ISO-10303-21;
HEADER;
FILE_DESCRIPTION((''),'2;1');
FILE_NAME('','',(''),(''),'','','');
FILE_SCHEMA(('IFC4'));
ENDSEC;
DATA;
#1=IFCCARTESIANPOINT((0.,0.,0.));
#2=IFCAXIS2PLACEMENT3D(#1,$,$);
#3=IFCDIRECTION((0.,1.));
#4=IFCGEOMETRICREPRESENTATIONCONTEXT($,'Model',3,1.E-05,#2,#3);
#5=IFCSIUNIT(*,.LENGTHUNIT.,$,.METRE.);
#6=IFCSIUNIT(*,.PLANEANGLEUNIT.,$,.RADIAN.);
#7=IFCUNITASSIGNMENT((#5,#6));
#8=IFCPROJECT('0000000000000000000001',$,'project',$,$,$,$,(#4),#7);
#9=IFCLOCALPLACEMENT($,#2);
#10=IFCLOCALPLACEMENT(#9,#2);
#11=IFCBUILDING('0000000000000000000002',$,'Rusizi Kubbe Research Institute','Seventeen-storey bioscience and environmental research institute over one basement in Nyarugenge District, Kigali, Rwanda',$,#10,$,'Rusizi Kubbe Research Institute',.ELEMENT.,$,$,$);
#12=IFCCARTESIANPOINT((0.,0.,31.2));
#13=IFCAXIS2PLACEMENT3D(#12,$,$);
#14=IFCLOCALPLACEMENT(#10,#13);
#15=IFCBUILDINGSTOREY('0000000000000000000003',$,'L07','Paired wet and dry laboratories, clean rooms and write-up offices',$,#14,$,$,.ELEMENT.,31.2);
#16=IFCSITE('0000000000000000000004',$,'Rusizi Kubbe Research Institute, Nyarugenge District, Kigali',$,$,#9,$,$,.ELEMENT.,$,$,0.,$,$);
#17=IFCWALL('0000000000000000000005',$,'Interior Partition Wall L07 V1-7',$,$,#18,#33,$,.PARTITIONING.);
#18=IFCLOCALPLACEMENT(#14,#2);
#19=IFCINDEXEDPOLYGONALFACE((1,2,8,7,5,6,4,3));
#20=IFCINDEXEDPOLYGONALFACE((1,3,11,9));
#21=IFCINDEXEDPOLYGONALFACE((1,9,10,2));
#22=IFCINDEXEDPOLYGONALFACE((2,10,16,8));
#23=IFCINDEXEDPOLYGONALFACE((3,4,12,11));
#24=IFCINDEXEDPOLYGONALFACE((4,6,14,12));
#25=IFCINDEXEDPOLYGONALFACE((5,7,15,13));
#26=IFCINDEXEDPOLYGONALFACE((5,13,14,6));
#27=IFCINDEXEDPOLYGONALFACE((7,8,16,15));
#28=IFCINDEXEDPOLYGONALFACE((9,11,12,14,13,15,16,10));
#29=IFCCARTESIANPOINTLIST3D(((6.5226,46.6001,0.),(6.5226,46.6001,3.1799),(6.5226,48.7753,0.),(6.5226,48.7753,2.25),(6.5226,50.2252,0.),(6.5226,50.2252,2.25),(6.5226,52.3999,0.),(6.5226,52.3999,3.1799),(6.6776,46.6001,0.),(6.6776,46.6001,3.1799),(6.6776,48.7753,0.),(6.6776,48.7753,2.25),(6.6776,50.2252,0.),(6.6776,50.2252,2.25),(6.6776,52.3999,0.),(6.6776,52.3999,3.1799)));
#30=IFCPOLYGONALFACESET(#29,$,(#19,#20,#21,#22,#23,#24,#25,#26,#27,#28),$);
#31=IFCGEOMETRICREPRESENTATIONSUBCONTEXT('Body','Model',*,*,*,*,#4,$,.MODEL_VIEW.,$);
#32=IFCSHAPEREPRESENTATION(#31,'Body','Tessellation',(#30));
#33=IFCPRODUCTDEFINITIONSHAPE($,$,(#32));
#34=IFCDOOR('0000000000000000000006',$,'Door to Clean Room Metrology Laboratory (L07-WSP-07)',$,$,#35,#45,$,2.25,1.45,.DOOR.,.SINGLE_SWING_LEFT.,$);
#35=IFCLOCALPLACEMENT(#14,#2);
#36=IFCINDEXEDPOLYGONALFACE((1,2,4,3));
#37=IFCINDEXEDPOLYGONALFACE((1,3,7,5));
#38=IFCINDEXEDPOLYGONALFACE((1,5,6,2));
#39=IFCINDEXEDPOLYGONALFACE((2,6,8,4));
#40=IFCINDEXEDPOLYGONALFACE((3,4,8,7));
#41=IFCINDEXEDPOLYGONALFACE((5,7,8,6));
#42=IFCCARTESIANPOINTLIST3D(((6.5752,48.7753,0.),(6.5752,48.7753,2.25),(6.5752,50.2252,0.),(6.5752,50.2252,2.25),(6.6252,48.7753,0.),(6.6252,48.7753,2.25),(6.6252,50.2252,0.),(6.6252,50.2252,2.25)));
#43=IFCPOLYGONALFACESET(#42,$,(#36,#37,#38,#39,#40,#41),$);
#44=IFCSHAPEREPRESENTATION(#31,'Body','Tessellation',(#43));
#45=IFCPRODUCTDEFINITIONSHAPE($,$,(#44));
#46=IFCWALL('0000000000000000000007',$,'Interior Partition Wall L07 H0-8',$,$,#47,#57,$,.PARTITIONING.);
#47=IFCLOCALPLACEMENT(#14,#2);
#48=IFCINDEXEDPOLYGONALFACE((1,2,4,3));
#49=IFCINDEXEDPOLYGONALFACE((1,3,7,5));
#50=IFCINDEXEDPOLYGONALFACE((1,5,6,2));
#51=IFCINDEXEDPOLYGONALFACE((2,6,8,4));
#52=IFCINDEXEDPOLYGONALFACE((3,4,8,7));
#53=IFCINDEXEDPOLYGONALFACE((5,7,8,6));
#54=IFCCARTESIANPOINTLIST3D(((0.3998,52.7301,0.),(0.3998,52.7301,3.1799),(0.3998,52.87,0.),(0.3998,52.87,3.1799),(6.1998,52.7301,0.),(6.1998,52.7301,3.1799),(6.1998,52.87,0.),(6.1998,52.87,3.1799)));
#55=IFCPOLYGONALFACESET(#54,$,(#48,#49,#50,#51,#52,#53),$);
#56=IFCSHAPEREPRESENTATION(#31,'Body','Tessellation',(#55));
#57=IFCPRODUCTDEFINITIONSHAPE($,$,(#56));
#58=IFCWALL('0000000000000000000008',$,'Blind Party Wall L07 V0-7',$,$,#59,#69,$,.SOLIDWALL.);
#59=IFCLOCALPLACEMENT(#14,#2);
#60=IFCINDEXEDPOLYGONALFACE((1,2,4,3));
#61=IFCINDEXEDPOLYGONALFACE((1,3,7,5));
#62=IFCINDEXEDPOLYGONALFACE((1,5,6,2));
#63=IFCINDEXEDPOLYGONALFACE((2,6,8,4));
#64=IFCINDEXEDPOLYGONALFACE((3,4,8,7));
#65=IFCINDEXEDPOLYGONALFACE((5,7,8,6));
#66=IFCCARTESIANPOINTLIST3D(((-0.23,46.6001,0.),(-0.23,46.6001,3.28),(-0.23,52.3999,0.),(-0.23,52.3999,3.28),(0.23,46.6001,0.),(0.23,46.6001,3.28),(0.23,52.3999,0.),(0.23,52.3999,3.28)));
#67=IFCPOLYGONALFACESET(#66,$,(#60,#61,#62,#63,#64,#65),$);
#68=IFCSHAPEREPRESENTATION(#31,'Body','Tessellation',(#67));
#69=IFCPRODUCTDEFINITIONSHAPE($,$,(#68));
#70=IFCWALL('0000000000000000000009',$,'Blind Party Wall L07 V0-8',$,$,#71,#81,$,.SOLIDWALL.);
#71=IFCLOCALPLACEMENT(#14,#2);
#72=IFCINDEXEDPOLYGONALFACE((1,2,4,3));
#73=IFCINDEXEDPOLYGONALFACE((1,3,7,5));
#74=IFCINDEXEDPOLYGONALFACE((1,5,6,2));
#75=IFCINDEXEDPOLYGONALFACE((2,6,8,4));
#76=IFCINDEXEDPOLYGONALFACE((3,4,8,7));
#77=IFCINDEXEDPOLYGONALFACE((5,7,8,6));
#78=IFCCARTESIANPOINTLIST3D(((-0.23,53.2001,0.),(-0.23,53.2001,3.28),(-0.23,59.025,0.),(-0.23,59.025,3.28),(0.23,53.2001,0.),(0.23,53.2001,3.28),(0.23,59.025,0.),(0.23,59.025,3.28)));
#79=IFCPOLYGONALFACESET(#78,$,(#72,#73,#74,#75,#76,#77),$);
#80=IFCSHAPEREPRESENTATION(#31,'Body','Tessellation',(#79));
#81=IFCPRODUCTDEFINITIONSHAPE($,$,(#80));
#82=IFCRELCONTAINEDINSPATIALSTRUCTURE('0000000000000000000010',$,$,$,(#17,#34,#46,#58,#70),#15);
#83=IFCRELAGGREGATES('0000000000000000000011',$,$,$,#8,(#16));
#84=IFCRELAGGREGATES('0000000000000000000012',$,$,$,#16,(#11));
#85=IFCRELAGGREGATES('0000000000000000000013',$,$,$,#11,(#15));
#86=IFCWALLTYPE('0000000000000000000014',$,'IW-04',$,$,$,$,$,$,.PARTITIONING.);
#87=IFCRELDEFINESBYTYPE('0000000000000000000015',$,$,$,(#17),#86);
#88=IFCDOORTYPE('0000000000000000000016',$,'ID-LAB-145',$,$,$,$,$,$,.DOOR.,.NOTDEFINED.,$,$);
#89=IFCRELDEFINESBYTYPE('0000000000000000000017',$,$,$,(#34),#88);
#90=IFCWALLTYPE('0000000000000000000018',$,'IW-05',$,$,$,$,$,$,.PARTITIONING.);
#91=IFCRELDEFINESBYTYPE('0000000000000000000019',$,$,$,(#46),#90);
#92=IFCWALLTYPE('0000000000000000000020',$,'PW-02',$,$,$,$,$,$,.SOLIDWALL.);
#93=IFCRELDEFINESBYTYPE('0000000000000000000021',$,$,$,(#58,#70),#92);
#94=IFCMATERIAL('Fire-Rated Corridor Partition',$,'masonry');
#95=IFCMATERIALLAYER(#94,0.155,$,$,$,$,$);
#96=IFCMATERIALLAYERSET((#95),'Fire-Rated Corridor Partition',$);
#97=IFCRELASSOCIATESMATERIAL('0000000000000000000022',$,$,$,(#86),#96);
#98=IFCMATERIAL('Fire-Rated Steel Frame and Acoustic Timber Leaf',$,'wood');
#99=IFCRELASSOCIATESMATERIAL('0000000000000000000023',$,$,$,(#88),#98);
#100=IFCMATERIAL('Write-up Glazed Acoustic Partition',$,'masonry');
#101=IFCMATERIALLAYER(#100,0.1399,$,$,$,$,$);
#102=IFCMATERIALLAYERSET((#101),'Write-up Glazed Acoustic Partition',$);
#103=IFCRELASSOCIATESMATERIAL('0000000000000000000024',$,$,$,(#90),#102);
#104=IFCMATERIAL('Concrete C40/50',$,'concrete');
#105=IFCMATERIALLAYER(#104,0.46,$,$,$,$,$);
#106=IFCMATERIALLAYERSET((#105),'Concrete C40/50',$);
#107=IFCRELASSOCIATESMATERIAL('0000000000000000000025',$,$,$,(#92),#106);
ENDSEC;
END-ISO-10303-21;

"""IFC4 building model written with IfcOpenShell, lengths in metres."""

from ifc_helpers import new_model, si_unit, direction, frame, frame_2d, origin, place, context, subcontext, project, spatial, rectangle, extrude, material, layer, layer_set, type_object, element, fill, save


model = new_model("IFC4")

# Units and contexts
model_context = context("Model", 3, precision=1e-05, world=origin(), true_north=direction((0.0, 1.0)))
body_context = subcontext(model_context, "Body", "Model", "MODEL_VIEW")
ifc_project = project(units=[si_unit("LENGTHUNIT", "METRE"), si_unit("PLANEANGLEUNIT", "RADIAN")], contexts=[model_context])

# Site, building, storey
site_placement = place(None, origin())
site = spatial("IfcSite", under=ifc_project, at=site_placement, Name="Rusizi Kubbe Research Institute, Nyarugenge District, Kigali", CompositionType="ELEMENT", RefElevation=0.0)
building_placement = place(site_placement, origin())
building = spatial("IfcBuilding", under=site, at=building_placement, Name="Rusizi Kubbe Research Institute", Description="Seventeen-storey bioscience and environmental research institute over one basement in Nyarugenge District, Kigali, Rwanda", LongName="Rusizi Kubbe Research Institute", CompositionType="ELEMENT")
storey_placement = place(building_placement, frame((0.0, 0.0, 31.2)))
storey = spatial("IfcBuildingStorey", under=building, at=storey_placement, Name="L07", Description="Paired wet and dry laboratories, clean rooms and write-up offices", CompositionType="ELEMENT", Elevation=31.2)

# Shared definitions
ifc_material_1 = material(Name="Fire-Rated Corridor Partition", Category="masonry")
ifc_layer_1 = layer(ifc_material_1, 0.155)
ifc_layer_set_1 = layer_set([ifc_layer_1], Name="Fire-Rated Corridor Partition")
wall_type_1 = type_object("IfcWallType", Name="IW-04", PredefinedType="PARTITIONING", material=ifc_layer_set_1)

# Wall, opening, door
wall_1_placement = place(storey_placement, frame((6.6001, 46.6001, 0.0), z_axis=(0.0, 0.0, 1.0), x_axis=(0.0, 1.0, 0.0)))
wall_1 = element("IfcWall", 1, at=wall_1_placement, inside=storey, type_object=wall_type_1, Name="Interior Partition Wall L07 V1-7", PredefinedType="PARTITIONING", context=body_context, shape_type="SweptSolid", body=[
    extrude(rectangle(XDim=5.7998, YDim=0.155, at=frame_2d((2.8999, 0.0))), origin(), (0.0, 0.0, 1.0), 3.1799),
])
opening_1_placement = place(wall_1_placement, frame((2.175, 0.0, 0.0)))
opening_1 = element("IfcOpeningElement", 2, at=opening_1_placement, cuts=wall_1, PredefinedType="OPENING", context=body_context, shape_type="SweptSolid", body=[
    extrude(rectangle(XDim=1.45, YDim=2.25, at=frame_2d((0.7251, 1.125))), frame((0.0, 0.0874, 0.0), z_axis=(0.0, -1.0, 0.0), x_axis=(1.0, 0.0, 0.0)), (0.0, 0.0, 1.0), 0.175),
])
ifc_material_2 = material(Name="Fire-Rated Steel Frame and Acoustic Timber Leaf", Category="wood")
door_type_1 = type_object("IfcDoorType", Name="ID-LAB-145", OperationType="NOTDEFINED", PredefinedType="DOOR", material=ifc_material_2)
door_1_placement = place(opening_1_placement, origin())
door_1 = element("IfcDoor", 3, at=door_1_placement, inside=storey, type_object=door_type_1, Name="Door to Clean Room Metrology Laboratory (L07-WSP-07)", OperationType="SINGLE_SWING_LEFT", OverallHeight=2.25, OverallWidth=1.45, PredefinedType="DOOR", context=body_context, shape_type="SweptSolid", body=[
    extrude(rectangle(XDim=1.45, YDim=2.25, at=frame_2d((0.7251, 1.125))), frame((0.0, 0.0249, 0.0), z_axis=(0.0, -1.0, 0.0), x_axis=(1.0, 0.0, 0.0)), (0.0, 0.0, 1.0), 0.05),
])
fill(opening_1, door_1)

# Walls
ifc_material_3 = material(Name="Write-up Glazed Acoustic Partition", Category="masonry")
ifc_layer_2 = layer(ifc_material_3, 0.1399)
ifc_layer_set_2 = layer_set([ifc_layer_2], Name="Write-up Glazed Acoustic Partition")
wall_type_2 = type_object("IfcWallType", Name="IW-05", PredefinedType="PARTITIONING", material=ifc_layer_set_2)
wall_2_placement = place(storey_placement, frame((0.3999, 52.8, 0.0), z_axis=(0.0, 0.0, 1.0), x_axis=(1.0, 0.0, 0.0)))
element("IfcWall", 4, at=wall_2_placement, inside=storey, type_object=wall_type_2, Name="Interior Partition Wall L07 H0-8", PredefinedType="PARTITIONING", context=body_context, shape_type="SweptSolid", body=[
    extrude(rectangle(XDim=5.8, YDim=0.1399, at=frame_2d((2.8999, 0.0))), origin(), (0.0, 0.0, 1.0), 3.1799),
])
ifc_material_4 = material(Name="Concrete C40/50", Category="concrete")
ifc_layer_3 = layer(ifc_material_4, 0.46)
ifc_layer_set_3 = layer_set([ifc_layer_3], Name="Concrete C40/50")
wall_type_3 = type_object("IfcWallType", Name="PW-02", PredefinedType="SOLIDWALL", material=ifc_layer_set_3)
wall_3_placement = place(storey_placement, frame((0.0, 46.6001, 0.0), z_axis=(0.0, 0.0, 1.0), x_axis=(0.0, 1.0, 0.0)))
element("IfcWall", 5, at=wall_3_placement, inside=storey, type_object=wall_type_3, Name="Blind Party Wall L07 V0-7", PredefinedType="SOLIDWALL", context=body_context, shape_type="SweptSolid", body=[
    extrude(rectangle(XDim=5.7998, YDim=0.46, at=frame_2d((2.8999, 0.0))), origin(), (0.0, 0.0, 1.0), 3.28),
])
wall_4_placement = place(storey_placement, frame((0.0, 53.2, 0.0), z_axis=(0.0, 0.0, 1.0), x_axis=(0.0, 1.0, 0.0)))
element("IfcWall", 6, at=wall_4_placement, inside=storey, type_object=wall_type_3, Name="Blind Party Wall L07 V0-8", PredefinedType="SOLIDWALL", context=body_context, shape_type="SweptSolid", body=[
    extrude(rectangle(XDim=5.825, YDim=0.46, at=frame_2d((2.9126, 0.0))), origin(), (0.0, 0.0, 1.0), 3.28),
])

save(model, "model.ifc")
